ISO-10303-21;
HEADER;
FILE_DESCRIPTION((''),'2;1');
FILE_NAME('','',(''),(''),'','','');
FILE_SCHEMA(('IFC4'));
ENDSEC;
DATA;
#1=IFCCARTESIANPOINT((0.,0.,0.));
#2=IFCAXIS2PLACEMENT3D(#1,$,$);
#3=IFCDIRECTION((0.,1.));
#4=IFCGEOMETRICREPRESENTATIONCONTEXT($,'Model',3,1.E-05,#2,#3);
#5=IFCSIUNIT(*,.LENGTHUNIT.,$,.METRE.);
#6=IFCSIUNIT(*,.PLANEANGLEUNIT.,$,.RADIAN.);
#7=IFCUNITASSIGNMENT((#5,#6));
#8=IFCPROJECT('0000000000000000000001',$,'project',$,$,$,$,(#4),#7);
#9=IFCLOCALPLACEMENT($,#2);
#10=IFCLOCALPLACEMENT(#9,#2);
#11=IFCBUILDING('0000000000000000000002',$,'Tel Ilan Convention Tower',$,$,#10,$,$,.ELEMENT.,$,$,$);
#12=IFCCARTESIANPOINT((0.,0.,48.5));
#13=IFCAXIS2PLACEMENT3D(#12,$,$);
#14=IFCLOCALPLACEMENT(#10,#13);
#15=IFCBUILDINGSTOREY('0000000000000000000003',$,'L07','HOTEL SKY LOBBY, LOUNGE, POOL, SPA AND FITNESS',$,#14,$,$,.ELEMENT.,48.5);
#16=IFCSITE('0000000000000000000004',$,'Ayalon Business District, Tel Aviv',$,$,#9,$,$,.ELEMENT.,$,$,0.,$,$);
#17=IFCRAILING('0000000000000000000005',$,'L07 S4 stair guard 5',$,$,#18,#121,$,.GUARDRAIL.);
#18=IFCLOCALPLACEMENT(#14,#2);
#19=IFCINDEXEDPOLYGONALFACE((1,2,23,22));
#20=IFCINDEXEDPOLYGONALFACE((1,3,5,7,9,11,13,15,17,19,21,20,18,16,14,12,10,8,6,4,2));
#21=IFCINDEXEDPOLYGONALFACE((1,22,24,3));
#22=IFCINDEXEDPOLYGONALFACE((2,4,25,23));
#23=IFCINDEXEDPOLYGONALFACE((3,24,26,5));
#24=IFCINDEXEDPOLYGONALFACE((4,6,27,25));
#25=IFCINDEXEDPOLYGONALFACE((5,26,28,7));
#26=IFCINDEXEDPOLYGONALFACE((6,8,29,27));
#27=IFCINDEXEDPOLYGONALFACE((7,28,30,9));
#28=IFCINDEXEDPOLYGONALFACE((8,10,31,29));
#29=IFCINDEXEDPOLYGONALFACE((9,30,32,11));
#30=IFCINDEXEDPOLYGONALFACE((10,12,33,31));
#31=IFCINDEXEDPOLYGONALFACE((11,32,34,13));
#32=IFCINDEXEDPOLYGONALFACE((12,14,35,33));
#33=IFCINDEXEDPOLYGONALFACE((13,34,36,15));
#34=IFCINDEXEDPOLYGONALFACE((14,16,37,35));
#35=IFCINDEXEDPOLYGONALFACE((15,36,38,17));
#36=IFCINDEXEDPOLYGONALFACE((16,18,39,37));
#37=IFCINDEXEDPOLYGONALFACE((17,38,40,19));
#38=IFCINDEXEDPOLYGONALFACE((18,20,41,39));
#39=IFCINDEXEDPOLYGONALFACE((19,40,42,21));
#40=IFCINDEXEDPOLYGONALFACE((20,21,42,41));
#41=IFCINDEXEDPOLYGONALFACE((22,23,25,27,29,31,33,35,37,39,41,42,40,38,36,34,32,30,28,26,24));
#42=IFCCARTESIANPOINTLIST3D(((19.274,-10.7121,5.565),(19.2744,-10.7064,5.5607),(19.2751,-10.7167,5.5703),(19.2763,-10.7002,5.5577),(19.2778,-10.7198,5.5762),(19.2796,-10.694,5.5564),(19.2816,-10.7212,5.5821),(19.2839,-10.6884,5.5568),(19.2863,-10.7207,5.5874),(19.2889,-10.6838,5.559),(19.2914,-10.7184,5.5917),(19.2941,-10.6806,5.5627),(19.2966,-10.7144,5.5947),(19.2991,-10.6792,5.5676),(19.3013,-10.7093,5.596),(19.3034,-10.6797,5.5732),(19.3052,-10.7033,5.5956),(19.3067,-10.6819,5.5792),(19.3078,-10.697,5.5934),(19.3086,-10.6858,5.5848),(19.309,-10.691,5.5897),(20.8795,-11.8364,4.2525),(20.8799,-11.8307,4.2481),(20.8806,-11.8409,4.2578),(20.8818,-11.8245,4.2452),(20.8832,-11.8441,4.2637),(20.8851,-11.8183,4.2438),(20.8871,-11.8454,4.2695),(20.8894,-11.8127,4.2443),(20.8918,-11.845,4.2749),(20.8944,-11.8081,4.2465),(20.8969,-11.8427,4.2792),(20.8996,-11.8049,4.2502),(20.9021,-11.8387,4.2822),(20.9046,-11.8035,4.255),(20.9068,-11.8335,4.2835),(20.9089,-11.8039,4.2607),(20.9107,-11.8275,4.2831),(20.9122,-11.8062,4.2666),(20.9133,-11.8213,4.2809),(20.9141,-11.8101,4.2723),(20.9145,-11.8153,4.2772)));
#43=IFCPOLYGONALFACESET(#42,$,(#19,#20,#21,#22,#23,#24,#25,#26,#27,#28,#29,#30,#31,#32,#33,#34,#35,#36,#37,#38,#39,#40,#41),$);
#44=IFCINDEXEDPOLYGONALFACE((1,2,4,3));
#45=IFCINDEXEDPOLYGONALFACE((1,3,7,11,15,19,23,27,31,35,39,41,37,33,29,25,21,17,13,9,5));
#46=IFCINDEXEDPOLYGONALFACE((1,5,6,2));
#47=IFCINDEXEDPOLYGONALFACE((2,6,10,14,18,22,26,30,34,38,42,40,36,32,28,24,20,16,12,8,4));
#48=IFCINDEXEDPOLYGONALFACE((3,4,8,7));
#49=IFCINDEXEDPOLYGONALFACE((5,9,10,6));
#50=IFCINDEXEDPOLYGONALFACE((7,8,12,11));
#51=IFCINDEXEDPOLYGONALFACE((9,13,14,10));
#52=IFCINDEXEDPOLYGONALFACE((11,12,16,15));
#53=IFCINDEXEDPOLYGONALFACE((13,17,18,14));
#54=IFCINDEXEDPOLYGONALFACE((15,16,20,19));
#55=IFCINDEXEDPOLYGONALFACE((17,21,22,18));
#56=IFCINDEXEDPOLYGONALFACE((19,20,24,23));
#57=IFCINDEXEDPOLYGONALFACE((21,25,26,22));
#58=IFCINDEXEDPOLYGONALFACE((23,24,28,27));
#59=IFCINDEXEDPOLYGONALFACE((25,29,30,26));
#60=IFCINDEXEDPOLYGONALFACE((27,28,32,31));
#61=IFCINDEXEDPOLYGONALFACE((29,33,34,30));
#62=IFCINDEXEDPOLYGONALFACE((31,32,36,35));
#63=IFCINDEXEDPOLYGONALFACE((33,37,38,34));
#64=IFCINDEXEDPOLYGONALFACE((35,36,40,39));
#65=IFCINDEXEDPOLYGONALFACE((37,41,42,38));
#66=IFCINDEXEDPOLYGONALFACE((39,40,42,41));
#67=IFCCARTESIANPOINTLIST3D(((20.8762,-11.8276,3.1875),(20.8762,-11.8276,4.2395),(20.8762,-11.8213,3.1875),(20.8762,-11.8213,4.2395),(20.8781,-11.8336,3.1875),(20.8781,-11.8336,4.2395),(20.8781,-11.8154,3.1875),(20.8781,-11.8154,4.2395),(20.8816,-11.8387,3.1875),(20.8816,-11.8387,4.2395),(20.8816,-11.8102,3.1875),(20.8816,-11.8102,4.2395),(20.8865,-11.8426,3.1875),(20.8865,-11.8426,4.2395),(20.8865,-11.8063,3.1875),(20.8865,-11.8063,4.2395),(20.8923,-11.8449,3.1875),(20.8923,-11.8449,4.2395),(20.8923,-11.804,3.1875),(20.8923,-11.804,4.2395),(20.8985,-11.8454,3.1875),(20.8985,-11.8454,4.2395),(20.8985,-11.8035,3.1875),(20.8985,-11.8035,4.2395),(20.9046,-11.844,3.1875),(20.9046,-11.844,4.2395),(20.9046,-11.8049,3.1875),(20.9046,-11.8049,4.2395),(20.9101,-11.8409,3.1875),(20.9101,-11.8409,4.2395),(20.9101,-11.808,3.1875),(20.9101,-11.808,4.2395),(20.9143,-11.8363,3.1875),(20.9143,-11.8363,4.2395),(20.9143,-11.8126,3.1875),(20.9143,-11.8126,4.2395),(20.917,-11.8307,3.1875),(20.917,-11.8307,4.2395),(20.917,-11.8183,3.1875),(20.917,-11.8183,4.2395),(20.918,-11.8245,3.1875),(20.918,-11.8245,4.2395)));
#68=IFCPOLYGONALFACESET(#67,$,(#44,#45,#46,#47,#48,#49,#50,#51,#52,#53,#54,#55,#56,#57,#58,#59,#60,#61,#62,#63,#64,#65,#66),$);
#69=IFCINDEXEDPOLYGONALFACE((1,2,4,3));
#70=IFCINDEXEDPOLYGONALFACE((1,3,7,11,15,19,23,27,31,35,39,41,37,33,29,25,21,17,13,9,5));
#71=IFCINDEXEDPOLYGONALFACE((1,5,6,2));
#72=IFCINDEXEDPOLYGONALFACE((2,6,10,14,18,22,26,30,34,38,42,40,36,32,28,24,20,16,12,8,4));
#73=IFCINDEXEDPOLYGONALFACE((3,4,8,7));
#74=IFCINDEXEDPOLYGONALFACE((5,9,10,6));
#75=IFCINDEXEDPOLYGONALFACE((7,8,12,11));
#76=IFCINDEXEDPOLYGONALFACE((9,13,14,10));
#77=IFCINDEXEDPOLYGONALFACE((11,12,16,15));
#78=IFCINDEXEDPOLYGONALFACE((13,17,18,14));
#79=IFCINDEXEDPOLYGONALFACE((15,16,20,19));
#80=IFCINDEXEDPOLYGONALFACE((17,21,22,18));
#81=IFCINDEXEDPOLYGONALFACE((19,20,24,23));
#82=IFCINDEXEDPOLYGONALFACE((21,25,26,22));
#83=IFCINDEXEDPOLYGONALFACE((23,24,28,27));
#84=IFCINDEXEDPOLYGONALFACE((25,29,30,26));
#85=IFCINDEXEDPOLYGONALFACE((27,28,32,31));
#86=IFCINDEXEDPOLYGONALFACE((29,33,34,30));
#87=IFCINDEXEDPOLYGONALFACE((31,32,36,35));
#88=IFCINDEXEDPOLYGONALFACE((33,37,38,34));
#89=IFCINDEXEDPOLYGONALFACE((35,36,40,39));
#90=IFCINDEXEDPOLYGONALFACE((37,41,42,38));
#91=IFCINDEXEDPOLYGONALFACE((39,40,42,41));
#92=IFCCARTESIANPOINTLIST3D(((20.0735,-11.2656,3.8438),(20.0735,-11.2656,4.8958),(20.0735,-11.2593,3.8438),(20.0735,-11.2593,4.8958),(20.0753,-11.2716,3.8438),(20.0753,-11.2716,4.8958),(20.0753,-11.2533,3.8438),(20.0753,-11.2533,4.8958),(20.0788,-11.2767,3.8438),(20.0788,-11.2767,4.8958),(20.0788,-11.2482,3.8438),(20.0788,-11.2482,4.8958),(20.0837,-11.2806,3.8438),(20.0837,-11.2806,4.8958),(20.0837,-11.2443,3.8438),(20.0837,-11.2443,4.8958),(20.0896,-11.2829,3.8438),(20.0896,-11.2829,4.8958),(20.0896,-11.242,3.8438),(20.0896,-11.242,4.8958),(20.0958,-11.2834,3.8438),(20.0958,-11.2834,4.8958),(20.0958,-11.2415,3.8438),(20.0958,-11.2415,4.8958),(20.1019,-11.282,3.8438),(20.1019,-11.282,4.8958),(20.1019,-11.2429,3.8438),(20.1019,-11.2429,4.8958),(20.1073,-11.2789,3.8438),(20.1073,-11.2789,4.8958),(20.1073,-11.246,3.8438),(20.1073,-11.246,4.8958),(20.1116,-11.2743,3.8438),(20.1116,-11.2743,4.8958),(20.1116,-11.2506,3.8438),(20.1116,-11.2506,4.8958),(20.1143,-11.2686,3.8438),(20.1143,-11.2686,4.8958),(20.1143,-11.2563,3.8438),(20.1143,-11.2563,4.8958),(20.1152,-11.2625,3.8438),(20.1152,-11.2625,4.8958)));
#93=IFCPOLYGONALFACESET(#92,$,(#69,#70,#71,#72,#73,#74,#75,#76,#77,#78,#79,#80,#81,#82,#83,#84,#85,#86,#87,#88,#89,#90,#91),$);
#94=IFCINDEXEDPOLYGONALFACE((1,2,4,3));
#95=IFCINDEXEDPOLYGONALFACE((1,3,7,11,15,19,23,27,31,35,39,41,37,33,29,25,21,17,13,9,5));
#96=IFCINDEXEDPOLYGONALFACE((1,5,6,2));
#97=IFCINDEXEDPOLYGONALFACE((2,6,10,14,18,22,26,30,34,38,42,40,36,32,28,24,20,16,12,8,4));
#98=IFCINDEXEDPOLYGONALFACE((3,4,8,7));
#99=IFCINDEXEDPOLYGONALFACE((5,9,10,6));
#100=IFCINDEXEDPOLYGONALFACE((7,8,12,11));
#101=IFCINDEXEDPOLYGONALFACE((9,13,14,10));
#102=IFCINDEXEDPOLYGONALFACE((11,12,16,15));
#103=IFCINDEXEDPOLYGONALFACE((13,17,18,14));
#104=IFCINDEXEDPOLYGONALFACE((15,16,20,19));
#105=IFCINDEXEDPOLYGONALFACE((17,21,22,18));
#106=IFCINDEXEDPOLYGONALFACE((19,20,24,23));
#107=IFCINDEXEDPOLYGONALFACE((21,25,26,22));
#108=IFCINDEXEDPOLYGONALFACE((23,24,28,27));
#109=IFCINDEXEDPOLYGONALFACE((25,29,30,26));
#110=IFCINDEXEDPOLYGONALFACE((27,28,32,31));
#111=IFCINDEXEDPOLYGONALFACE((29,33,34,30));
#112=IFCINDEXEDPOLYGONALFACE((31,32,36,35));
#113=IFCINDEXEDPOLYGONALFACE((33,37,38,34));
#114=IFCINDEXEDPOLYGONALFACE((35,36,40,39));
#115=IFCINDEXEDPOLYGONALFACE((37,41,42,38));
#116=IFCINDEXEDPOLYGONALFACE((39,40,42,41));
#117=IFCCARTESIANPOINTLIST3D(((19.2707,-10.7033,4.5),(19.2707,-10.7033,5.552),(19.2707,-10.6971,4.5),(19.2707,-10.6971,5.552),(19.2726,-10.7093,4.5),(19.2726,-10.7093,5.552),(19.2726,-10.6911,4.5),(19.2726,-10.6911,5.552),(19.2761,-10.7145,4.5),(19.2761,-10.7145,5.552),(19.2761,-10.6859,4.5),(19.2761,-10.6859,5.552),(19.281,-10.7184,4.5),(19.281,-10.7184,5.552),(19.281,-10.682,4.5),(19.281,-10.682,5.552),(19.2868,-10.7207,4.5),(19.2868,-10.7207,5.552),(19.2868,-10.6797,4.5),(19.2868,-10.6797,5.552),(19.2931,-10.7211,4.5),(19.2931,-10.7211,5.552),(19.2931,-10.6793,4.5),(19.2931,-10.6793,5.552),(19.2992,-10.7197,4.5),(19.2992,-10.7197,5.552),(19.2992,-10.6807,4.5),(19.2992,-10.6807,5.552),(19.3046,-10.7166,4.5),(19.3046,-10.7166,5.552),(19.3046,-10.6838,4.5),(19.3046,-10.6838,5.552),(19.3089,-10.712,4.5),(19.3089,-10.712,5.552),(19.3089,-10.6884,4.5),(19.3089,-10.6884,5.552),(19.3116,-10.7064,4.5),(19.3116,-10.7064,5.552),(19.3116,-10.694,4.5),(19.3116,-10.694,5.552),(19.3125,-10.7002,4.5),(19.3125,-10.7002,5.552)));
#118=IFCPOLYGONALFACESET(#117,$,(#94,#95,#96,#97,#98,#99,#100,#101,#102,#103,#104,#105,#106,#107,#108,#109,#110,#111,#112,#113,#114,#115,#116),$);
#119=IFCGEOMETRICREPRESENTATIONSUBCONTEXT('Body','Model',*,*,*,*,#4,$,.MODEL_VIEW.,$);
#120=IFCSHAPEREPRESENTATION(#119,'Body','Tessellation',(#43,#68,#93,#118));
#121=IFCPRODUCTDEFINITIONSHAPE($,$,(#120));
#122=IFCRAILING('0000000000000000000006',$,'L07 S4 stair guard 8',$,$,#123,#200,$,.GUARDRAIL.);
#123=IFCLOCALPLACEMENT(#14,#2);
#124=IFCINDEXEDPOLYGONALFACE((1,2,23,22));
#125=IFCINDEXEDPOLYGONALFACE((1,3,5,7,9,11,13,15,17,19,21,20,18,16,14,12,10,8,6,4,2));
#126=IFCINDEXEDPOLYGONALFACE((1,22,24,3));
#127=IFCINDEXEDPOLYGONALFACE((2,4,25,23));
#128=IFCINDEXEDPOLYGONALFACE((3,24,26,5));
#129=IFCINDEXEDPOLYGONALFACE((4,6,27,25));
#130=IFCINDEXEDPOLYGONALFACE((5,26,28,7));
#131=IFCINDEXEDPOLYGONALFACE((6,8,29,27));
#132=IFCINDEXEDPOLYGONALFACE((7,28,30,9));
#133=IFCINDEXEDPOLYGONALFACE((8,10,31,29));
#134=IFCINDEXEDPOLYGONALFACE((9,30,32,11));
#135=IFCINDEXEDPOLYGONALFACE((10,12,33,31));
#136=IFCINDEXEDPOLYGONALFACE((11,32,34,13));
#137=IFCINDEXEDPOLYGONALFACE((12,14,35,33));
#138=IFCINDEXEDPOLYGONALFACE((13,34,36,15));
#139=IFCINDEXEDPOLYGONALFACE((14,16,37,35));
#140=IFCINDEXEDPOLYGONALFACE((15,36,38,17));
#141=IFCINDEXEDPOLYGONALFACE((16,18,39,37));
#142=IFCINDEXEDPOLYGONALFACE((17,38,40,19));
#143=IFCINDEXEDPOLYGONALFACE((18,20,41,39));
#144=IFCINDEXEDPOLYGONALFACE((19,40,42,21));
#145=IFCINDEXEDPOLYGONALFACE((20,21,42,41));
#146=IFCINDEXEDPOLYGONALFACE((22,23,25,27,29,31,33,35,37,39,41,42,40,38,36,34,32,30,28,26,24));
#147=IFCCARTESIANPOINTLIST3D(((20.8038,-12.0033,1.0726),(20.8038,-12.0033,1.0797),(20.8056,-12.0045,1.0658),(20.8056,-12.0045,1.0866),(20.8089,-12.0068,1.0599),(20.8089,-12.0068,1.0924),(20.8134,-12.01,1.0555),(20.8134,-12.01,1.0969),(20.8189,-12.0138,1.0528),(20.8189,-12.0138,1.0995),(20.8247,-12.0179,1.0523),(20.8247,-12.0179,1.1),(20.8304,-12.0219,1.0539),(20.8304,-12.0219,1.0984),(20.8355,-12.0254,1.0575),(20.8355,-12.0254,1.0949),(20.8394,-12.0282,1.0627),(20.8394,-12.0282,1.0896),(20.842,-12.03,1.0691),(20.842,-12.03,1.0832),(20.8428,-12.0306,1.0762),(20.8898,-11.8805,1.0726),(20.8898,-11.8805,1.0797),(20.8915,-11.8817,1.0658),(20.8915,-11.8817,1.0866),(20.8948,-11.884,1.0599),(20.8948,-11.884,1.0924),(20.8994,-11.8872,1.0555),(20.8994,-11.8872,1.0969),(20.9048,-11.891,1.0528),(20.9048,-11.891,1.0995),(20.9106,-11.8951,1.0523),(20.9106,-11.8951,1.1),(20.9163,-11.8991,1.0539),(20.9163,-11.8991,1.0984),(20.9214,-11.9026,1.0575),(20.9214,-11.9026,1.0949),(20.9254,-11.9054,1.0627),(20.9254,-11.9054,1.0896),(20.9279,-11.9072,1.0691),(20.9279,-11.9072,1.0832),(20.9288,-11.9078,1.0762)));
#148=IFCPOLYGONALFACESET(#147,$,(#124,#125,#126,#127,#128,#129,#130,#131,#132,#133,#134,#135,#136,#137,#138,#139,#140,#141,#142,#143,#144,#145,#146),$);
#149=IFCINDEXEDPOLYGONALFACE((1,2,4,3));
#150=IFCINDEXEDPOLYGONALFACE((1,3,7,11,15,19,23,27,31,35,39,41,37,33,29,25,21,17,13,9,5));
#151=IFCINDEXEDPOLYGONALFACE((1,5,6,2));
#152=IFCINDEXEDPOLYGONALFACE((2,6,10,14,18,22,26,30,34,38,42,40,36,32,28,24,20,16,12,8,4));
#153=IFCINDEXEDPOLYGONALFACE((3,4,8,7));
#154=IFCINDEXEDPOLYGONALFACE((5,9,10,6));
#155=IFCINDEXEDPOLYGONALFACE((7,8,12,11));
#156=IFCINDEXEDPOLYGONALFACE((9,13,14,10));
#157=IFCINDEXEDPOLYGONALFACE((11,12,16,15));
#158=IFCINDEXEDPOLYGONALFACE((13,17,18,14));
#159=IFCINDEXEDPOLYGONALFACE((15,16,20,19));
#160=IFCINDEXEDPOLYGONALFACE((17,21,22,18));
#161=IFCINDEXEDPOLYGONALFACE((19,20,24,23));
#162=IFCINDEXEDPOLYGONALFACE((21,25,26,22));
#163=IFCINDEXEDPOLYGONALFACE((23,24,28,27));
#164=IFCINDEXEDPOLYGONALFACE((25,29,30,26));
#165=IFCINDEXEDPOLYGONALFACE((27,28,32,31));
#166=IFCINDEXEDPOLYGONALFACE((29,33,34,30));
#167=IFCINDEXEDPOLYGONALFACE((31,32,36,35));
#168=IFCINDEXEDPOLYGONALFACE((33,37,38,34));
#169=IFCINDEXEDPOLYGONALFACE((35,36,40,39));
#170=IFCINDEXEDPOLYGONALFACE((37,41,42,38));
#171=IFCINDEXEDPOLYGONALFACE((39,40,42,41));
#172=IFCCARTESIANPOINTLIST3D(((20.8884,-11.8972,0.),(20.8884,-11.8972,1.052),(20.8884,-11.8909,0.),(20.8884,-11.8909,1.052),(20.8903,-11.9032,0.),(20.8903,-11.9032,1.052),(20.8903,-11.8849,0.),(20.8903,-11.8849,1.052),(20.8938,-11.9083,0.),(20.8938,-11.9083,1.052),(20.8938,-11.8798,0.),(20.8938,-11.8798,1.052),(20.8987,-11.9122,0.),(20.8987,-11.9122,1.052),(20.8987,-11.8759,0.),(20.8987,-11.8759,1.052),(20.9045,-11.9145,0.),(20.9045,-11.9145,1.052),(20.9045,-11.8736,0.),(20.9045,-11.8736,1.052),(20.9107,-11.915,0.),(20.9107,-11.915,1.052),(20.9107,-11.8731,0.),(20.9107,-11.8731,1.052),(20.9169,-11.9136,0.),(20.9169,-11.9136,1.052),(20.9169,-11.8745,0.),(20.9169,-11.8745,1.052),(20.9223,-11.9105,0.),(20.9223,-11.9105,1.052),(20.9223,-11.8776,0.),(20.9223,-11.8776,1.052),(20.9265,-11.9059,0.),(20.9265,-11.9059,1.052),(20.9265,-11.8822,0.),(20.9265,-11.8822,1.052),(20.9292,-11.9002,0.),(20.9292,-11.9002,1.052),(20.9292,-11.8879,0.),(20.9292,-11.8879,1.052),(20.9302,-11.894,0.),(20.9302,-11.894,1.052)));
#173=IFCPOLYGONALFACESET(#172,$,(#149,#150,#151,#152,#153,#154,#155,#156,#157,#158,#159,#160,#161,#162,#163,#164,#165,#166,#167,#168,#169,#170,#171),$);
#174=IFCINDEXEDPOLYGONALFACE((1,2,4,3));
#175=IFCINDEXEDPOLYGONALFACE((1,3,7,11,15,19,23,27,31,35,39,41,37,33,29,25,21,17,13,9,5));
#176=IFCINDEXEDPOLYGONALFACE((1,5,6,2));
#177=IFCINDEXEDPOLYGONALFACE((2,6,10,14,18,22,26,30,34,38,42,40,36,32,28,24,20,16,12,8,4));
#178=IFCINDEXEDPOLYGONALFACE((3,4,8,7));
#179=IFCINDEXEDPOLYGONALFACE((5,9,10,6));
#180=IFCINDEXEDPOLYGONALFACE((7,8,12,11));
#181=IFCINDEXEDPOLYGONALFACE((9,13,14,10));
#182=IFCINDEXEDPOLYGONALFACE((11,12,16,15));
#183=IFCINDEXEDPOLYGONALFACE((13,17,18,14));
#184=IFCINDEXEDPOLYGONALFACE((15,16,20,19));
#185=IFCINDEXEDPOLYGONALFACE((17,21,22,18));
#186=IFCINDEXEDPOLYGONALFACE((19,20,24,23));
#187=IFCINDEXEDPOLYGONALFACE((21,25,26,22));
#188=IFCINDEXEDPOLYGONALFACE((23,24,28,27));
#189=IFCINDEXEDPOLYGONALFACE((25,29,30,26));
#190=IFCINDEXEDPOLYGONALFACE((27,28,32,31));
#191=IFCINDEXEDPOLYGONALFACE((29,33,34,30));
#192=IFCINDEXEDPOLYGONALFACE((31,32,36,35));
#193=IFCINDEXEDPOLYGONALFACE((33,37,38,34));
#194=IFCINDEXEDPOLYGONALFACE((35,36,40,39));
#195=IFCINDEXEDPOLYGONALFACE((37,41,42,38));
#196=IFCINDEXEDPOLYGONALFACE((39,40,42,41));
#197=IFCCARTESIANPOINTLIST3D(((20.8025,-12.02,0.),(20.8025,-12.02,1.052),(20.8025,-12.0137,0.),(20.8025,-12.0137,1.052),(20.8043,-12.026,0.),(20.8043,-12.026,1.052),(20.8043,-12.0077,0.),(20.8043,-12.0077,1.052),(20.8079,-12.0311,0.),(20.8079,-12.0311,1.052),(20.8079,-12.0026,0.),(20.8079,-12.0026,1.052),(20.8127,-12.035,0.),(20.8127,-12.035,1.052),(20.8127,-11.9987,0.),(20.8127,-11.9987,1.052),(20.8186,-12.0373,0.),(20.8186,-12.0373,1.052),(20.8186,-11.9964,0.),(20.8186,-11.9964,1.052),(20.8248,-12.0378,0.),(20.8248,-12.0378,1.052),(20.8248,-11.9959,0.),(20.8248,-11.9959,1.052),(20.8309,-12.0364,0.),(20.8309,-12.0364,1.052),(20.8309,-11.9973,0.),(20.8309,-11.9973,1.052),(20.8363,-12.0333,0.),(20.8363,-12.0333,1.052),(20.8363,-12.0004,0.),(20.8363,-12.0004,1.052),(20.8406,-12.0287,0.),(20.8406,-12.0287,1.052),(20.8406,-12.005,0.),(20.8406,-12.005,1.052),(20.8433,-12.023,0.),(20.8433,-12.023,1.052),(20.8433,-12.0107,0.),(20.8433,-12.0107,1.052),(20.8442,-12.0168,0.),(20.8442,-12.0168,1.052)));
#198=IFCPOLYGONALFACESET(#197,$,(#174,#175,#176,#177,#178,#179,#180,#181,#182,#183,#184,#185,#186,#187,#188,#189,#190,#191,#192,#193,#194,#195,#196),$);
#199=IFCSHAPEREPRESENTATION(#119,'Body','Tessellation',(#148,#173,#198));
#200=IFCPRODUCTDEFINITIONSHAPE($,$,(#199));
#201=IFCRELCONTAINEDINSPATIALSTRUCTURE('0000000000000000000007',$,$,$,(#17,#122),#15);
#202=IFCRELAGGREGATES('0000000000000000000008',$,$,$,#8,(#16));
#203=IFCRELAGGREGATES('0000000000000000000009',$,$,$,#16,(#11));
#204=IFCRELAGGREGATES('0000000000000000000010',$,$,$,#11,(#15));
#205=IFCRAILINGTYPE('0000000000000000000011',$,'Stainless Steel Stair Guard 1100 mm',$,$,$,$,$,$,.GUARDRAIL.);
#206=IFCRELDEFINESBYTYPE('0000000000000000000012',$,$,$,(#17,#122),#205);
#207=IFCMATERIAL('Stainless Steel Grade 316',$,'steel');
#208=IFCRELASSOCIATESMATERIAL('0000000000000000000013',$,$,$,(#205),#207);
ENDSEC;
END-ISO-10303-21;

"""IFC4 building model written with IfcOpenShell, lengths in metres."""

from ifc_helpers import new_model, si_unit, direction, frame, origin, origin_2d, place, context, subcontext, project, spatial, circle, extrude, material, type_object, element, save


model = new_model("IFC4")

# Units and contexts
model_context = context("Model", 3, precision=1e-05, world=origin(), true_north=direction((0.0, 1.0)))
body_context = subcontext(model_context, "Body", "Model", "MODEL_VIEW")
ifc_project = project(units=[si_unit("LENGTHUNIT", "METRE"), si_unit("PLANEANGLEUNIT", "RADIAN")], contexts=[model_context])

# Site, building, storey
site_placement = place(None, origin())
site = spatial("IfcSite", under=ifc_project, at=site_placement, Name="Ayalon Business District, Tel Aviv", CompositionType="ELEMENT", RefElevation=0.0)
building_placement = place(site_placement, origin())
building = spatial("IfcBuilding", under=site, at=building_placement, Name="Tel Ilan Convention Tower", CompositionType="ELEMENT")
storey_placement = place(building_placement, frame((0.0, 0.0, 48.5)))
storey = spatial("IfcBuildingStorey", under=building, at=storey_placement, Name="L07", Description="HOTEL SKY LOBBY, LOUNGE, POOL, SPA AND FITNESS", CompositionType="ELEMENT", Elevation=48.5)

# Railings
ifc_material_1 = material(Name="Stainless Steel Grade 316", Category="steel")
railing_type_1 = type_object("IfcRailingType", Name="Stainless Steel Stair Guard 1100 mm", PredefinedType="GUARDRAIL", material=ifc_material_1)
railing_1_placement = place(storey_placement, frame((20.897, -11.8245, 3.1875)))
element("IfcRailing", 1, at=railing_1_placement, inside=storey, type_object=railing_type_1, Name="L07 S4 stair guard 5", PredefinedType="GUARDRAIL", context=body_context, shape_type="SweptSolid", body=[
    extrude(circle(Radius=0.0239, at=origin_2d()), frame((0.0, 0.0, 1.0762), z_axis=(-0.680616, 0.476617, 0.556416), x_axis=(-0.573613, -0.819127, 0.0)), (0.0, 0.0, 1.0), 2.3589),
    extrude(circle(Radius=0.021, at=origin_2d()), origin(), (0.0, 0.0, 1.0), 1.052),
    extrude(circle(Radius=0.021, at=origin_2d()), frame((-0.8027, 0.562, 0.6562)), (0.0, 0.0, 1.0), 1.052),
    extrude(circle(Radius=0.021, at=origin_2d()), frame((-1.6055, 1.1243, 1.3125)), (0.0, 0.0, 1.0), 1.052),
])
railing_2_placement = place(storey_placement, frame((20.9092, -11.894, 0.0)))
element("IfcRailing", 2, at=railing_2_placement, inside=storey, type_object=railing_type_1, Name="L07 S4 stair guard 8", PredefinedType="GUARDRAIL", context=body_context, shape_type="SweptSolid", body=[
    extrude(circle(Radius=0.0239, at=origin_2d()), frame((0.0, 0.0, 1.0762), z_axis=(-0.573353, -0.819308, 0.0), x_axis=(0.819308, -0.573353, 0.0)), (0.0, 0.0, 1.0), 0.1499),
    extrude(circle(Radius=0.021, at=origin_2d()), origin(), (0.0, 0.0, 1.0), 1.052),
    extrude(circle(Radius=0.021, at=origin_2d()), frame((-0.0859, -0.1228, 0.0)), (0.0, 0.0, 1.0), 1.052),
])

save(model, "model.ifc")
